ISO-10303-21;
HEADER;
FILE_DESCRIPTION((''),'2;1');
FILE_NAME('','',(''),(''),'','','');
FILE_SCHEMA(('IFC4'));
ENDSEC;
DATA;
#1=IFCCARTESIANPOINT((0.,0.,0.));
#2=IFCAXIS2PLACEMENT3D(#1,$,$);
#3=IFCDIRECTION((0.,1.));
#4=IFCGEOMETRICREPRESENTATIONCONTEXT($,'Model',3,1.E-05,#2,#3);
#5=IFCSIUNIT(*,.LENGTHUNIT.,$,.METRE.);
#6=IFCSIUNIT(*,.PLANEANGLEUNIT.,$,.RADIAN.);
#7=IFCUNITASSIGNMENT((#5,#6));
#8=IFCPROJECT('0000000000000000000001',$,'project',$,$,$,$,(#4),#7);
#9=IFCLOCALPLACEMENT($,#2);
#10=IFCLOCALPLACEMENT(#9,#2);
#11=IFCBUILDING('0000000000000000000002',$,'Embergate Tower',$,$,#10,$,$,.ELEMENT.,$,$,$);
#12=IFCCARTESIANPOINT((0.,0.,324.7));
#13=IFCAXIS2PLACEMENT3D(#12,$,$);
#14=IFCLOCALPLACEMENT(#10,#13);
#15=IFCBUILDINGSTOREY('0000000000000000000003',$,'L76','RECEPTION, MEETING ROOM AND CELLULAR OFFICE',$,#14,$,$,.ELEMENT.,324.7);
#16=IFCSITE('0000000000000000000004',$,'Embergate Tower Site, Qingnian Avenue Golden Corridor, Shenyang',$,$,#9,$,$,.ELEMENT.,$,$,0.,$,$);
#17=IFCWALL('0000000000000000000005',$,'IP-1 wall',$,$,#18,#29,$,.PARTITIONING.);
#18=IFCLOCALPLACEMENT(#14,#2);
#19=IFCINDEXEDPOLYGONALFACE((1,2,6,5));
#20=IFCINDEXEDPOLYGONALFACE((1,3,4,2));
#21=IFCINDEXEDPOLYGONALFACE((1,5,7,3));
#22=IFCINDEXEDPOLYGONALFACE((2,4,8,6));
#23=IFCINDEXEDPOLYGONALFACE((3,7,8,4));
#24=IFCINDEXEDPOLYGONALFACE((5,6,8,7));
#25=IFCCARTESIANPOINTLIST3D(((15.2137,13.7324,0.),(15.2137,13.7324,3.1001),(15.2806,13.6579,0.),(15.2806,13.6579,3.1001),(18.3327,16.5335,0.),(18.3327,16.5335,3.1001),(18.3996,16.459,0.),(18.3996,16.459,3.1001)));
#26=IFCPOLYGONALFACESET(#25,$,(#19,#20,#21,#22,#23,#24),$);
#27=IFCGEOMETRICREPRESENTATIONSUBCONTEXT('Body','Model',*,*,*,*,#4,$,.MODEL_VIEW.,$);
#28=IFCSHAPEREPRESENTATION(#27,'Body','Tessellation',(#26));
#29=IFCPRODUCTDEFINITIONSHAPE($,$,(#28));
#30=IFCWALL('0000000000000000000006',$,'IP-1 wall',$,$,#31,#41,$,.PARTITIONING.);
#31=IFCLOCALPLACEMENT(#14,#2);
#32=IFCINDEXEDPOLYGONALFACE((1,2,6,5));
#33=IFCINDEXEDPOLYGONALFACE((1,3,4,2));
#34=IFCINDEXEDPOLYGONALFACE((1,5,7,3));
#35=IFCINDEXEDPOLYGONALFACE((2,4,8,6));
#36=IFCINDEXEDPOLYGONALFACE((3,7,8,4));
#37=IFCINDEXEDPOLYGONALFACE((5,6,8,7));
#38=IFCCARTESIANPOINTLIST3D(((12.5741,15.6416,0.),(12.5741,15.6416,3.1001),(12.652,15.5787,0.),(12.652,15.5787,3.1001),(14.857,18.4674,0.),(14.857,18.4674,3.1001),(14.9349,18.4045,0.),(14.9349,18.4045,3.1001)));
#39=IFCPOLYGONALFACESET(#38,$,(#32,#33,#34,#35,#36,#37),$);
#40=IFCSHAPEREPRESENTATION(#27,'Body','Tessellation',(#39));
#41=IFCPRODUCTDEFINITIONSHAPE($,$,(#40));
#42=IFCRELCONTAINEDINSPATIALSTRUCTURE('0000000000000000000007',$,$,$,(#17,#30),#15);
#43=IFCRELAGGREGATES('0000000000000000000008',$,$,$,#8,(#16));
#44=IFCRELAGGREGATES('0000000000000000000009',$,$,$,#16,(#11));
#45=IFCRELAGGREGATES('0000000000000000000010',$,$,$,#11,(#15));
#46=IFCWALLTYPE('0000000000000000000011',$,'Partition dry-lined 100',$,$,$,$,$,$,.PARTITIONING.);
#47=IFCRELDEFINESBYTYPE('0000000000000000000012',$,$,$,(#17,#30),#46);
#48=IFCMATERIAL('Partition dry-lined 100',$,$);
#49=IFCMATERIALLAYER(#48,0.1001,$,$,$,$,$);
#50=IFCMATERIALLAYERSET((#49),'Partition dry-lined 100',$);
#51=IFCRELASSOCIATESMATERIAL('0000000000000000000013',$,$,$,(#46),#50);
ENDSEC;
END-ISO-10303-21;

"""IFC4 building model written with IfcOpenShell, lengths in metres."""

from ifc_helpers import new_model, si_unit, direction, frame, frame_2d, origin, place, context, subcontext, project, spatial, rectangle, extrude, source, transform, mapped, material, layer, layer_set, type_object, element, save


model = new_model("IFC4")

# Units and contexts
model_context = context("Model", 3, precision=1e-05, world=origin(), true_north=direction((0.0, 1.0)))
body_context = subcontext(model_context, "Body", "Model", "MODEL_VIEW")
ifc_project = project(units=[si_unit("LENGTHUNIT", "METRE"), si_unit("PLANEANGLEUNIT", "RADIAN")], contexts=[model_context])

# Site, building, storey
site_placement = place(None, origin())
site = spatial("IfcSite", under=ifc_project, at=site_placement, Name="Embergate Tower Site, Qingnian Avenue Golden Corridor, Shenyang", CompositionType="ELEMENT", RefElevation=0.0)
building_placement = place(site_placement, origin())
building = spatial("IfcBuilding", under=site, at=building_placement, Name="Embergate Tower", CompositionType="ELEMENT")
storey_placement = place(building_placement, frame((0.0, 0.0, 324.7)))
storey = spatial("IfcBuildingStorey", under=building, at=storey_placement, Name="L76", Description="RECEPTION, MEETING ROOM AND CELLULAR OFFICE", CompositionType="ELEMENT", Elevation=324.7)

# Walls
ifc_material_1 = material(Name="Partition dry-lined 100")
ifc_layer_1 = layer(ifc_material_1, 0.1001)
ifc_layer_set_1 = layer_set([ifc_layer_1], Name="Partition dry-lined 100")
wall_type = type_object("IfcWallType", Name="Partition dry-lined 100", PredefinedType="PARTITIONING", material=ifc_layer_set_1)
shared_shape_1 = source(origin(), body_context, "Body", "SweptSolid", [
    extrude(rectangle(XDim=4.1921, YDim=0.1001, at=frame_2d((2.0962, 0.0))), origin(), (0.0, 0.0, 1.0), 3.1001),
])
wall_1_placement = place(storey_placement, frame((15.2471, 13.6951, 0.0), z_axis=(0.0, 0.0, 1.0), x_axis=(0.744003, 0.668176, 0.0)))
element("IfcWall", 1, at=wall_1_placement, inside=storey, type_object=wall_type, Name="IP-1 wall", PredefinedType="PARTITIONING", context=body_context, shape_type="MappedRepresentation", body=[
    mapped(shared_shape_1, transform((0.0, 0.0, 0.0))),
])
shared_shape_2 = source(origin(), body_context, "Body", "SweptSolid", [
    extrude(rectangle(XDim=3.6328, YDim=0.1001, at=frame_2d((1.8164, 0.0))), origin(), (0.0, 0.0, 1.0), 3.1001),
])
wall_2_placement = place(storey_placement, frame((12.613, 15.6101, 0.0), z_axis=(0.0, 0.0, 1.0), x_axis=(0.628417, 0.777877, 0.0)))
element("IfcWall", 2, at=wall_2_placement, inside=storey, type_object=wall_type, Name="IP-1 wall", PredefinedType="PARTITIONING", context=body_context, shape_type="MappedRepresentation", body=[
    mapped(shared_shape_2, transform((0.0, 0.0, 0.0))),
])

save(model, "model.ifc")
